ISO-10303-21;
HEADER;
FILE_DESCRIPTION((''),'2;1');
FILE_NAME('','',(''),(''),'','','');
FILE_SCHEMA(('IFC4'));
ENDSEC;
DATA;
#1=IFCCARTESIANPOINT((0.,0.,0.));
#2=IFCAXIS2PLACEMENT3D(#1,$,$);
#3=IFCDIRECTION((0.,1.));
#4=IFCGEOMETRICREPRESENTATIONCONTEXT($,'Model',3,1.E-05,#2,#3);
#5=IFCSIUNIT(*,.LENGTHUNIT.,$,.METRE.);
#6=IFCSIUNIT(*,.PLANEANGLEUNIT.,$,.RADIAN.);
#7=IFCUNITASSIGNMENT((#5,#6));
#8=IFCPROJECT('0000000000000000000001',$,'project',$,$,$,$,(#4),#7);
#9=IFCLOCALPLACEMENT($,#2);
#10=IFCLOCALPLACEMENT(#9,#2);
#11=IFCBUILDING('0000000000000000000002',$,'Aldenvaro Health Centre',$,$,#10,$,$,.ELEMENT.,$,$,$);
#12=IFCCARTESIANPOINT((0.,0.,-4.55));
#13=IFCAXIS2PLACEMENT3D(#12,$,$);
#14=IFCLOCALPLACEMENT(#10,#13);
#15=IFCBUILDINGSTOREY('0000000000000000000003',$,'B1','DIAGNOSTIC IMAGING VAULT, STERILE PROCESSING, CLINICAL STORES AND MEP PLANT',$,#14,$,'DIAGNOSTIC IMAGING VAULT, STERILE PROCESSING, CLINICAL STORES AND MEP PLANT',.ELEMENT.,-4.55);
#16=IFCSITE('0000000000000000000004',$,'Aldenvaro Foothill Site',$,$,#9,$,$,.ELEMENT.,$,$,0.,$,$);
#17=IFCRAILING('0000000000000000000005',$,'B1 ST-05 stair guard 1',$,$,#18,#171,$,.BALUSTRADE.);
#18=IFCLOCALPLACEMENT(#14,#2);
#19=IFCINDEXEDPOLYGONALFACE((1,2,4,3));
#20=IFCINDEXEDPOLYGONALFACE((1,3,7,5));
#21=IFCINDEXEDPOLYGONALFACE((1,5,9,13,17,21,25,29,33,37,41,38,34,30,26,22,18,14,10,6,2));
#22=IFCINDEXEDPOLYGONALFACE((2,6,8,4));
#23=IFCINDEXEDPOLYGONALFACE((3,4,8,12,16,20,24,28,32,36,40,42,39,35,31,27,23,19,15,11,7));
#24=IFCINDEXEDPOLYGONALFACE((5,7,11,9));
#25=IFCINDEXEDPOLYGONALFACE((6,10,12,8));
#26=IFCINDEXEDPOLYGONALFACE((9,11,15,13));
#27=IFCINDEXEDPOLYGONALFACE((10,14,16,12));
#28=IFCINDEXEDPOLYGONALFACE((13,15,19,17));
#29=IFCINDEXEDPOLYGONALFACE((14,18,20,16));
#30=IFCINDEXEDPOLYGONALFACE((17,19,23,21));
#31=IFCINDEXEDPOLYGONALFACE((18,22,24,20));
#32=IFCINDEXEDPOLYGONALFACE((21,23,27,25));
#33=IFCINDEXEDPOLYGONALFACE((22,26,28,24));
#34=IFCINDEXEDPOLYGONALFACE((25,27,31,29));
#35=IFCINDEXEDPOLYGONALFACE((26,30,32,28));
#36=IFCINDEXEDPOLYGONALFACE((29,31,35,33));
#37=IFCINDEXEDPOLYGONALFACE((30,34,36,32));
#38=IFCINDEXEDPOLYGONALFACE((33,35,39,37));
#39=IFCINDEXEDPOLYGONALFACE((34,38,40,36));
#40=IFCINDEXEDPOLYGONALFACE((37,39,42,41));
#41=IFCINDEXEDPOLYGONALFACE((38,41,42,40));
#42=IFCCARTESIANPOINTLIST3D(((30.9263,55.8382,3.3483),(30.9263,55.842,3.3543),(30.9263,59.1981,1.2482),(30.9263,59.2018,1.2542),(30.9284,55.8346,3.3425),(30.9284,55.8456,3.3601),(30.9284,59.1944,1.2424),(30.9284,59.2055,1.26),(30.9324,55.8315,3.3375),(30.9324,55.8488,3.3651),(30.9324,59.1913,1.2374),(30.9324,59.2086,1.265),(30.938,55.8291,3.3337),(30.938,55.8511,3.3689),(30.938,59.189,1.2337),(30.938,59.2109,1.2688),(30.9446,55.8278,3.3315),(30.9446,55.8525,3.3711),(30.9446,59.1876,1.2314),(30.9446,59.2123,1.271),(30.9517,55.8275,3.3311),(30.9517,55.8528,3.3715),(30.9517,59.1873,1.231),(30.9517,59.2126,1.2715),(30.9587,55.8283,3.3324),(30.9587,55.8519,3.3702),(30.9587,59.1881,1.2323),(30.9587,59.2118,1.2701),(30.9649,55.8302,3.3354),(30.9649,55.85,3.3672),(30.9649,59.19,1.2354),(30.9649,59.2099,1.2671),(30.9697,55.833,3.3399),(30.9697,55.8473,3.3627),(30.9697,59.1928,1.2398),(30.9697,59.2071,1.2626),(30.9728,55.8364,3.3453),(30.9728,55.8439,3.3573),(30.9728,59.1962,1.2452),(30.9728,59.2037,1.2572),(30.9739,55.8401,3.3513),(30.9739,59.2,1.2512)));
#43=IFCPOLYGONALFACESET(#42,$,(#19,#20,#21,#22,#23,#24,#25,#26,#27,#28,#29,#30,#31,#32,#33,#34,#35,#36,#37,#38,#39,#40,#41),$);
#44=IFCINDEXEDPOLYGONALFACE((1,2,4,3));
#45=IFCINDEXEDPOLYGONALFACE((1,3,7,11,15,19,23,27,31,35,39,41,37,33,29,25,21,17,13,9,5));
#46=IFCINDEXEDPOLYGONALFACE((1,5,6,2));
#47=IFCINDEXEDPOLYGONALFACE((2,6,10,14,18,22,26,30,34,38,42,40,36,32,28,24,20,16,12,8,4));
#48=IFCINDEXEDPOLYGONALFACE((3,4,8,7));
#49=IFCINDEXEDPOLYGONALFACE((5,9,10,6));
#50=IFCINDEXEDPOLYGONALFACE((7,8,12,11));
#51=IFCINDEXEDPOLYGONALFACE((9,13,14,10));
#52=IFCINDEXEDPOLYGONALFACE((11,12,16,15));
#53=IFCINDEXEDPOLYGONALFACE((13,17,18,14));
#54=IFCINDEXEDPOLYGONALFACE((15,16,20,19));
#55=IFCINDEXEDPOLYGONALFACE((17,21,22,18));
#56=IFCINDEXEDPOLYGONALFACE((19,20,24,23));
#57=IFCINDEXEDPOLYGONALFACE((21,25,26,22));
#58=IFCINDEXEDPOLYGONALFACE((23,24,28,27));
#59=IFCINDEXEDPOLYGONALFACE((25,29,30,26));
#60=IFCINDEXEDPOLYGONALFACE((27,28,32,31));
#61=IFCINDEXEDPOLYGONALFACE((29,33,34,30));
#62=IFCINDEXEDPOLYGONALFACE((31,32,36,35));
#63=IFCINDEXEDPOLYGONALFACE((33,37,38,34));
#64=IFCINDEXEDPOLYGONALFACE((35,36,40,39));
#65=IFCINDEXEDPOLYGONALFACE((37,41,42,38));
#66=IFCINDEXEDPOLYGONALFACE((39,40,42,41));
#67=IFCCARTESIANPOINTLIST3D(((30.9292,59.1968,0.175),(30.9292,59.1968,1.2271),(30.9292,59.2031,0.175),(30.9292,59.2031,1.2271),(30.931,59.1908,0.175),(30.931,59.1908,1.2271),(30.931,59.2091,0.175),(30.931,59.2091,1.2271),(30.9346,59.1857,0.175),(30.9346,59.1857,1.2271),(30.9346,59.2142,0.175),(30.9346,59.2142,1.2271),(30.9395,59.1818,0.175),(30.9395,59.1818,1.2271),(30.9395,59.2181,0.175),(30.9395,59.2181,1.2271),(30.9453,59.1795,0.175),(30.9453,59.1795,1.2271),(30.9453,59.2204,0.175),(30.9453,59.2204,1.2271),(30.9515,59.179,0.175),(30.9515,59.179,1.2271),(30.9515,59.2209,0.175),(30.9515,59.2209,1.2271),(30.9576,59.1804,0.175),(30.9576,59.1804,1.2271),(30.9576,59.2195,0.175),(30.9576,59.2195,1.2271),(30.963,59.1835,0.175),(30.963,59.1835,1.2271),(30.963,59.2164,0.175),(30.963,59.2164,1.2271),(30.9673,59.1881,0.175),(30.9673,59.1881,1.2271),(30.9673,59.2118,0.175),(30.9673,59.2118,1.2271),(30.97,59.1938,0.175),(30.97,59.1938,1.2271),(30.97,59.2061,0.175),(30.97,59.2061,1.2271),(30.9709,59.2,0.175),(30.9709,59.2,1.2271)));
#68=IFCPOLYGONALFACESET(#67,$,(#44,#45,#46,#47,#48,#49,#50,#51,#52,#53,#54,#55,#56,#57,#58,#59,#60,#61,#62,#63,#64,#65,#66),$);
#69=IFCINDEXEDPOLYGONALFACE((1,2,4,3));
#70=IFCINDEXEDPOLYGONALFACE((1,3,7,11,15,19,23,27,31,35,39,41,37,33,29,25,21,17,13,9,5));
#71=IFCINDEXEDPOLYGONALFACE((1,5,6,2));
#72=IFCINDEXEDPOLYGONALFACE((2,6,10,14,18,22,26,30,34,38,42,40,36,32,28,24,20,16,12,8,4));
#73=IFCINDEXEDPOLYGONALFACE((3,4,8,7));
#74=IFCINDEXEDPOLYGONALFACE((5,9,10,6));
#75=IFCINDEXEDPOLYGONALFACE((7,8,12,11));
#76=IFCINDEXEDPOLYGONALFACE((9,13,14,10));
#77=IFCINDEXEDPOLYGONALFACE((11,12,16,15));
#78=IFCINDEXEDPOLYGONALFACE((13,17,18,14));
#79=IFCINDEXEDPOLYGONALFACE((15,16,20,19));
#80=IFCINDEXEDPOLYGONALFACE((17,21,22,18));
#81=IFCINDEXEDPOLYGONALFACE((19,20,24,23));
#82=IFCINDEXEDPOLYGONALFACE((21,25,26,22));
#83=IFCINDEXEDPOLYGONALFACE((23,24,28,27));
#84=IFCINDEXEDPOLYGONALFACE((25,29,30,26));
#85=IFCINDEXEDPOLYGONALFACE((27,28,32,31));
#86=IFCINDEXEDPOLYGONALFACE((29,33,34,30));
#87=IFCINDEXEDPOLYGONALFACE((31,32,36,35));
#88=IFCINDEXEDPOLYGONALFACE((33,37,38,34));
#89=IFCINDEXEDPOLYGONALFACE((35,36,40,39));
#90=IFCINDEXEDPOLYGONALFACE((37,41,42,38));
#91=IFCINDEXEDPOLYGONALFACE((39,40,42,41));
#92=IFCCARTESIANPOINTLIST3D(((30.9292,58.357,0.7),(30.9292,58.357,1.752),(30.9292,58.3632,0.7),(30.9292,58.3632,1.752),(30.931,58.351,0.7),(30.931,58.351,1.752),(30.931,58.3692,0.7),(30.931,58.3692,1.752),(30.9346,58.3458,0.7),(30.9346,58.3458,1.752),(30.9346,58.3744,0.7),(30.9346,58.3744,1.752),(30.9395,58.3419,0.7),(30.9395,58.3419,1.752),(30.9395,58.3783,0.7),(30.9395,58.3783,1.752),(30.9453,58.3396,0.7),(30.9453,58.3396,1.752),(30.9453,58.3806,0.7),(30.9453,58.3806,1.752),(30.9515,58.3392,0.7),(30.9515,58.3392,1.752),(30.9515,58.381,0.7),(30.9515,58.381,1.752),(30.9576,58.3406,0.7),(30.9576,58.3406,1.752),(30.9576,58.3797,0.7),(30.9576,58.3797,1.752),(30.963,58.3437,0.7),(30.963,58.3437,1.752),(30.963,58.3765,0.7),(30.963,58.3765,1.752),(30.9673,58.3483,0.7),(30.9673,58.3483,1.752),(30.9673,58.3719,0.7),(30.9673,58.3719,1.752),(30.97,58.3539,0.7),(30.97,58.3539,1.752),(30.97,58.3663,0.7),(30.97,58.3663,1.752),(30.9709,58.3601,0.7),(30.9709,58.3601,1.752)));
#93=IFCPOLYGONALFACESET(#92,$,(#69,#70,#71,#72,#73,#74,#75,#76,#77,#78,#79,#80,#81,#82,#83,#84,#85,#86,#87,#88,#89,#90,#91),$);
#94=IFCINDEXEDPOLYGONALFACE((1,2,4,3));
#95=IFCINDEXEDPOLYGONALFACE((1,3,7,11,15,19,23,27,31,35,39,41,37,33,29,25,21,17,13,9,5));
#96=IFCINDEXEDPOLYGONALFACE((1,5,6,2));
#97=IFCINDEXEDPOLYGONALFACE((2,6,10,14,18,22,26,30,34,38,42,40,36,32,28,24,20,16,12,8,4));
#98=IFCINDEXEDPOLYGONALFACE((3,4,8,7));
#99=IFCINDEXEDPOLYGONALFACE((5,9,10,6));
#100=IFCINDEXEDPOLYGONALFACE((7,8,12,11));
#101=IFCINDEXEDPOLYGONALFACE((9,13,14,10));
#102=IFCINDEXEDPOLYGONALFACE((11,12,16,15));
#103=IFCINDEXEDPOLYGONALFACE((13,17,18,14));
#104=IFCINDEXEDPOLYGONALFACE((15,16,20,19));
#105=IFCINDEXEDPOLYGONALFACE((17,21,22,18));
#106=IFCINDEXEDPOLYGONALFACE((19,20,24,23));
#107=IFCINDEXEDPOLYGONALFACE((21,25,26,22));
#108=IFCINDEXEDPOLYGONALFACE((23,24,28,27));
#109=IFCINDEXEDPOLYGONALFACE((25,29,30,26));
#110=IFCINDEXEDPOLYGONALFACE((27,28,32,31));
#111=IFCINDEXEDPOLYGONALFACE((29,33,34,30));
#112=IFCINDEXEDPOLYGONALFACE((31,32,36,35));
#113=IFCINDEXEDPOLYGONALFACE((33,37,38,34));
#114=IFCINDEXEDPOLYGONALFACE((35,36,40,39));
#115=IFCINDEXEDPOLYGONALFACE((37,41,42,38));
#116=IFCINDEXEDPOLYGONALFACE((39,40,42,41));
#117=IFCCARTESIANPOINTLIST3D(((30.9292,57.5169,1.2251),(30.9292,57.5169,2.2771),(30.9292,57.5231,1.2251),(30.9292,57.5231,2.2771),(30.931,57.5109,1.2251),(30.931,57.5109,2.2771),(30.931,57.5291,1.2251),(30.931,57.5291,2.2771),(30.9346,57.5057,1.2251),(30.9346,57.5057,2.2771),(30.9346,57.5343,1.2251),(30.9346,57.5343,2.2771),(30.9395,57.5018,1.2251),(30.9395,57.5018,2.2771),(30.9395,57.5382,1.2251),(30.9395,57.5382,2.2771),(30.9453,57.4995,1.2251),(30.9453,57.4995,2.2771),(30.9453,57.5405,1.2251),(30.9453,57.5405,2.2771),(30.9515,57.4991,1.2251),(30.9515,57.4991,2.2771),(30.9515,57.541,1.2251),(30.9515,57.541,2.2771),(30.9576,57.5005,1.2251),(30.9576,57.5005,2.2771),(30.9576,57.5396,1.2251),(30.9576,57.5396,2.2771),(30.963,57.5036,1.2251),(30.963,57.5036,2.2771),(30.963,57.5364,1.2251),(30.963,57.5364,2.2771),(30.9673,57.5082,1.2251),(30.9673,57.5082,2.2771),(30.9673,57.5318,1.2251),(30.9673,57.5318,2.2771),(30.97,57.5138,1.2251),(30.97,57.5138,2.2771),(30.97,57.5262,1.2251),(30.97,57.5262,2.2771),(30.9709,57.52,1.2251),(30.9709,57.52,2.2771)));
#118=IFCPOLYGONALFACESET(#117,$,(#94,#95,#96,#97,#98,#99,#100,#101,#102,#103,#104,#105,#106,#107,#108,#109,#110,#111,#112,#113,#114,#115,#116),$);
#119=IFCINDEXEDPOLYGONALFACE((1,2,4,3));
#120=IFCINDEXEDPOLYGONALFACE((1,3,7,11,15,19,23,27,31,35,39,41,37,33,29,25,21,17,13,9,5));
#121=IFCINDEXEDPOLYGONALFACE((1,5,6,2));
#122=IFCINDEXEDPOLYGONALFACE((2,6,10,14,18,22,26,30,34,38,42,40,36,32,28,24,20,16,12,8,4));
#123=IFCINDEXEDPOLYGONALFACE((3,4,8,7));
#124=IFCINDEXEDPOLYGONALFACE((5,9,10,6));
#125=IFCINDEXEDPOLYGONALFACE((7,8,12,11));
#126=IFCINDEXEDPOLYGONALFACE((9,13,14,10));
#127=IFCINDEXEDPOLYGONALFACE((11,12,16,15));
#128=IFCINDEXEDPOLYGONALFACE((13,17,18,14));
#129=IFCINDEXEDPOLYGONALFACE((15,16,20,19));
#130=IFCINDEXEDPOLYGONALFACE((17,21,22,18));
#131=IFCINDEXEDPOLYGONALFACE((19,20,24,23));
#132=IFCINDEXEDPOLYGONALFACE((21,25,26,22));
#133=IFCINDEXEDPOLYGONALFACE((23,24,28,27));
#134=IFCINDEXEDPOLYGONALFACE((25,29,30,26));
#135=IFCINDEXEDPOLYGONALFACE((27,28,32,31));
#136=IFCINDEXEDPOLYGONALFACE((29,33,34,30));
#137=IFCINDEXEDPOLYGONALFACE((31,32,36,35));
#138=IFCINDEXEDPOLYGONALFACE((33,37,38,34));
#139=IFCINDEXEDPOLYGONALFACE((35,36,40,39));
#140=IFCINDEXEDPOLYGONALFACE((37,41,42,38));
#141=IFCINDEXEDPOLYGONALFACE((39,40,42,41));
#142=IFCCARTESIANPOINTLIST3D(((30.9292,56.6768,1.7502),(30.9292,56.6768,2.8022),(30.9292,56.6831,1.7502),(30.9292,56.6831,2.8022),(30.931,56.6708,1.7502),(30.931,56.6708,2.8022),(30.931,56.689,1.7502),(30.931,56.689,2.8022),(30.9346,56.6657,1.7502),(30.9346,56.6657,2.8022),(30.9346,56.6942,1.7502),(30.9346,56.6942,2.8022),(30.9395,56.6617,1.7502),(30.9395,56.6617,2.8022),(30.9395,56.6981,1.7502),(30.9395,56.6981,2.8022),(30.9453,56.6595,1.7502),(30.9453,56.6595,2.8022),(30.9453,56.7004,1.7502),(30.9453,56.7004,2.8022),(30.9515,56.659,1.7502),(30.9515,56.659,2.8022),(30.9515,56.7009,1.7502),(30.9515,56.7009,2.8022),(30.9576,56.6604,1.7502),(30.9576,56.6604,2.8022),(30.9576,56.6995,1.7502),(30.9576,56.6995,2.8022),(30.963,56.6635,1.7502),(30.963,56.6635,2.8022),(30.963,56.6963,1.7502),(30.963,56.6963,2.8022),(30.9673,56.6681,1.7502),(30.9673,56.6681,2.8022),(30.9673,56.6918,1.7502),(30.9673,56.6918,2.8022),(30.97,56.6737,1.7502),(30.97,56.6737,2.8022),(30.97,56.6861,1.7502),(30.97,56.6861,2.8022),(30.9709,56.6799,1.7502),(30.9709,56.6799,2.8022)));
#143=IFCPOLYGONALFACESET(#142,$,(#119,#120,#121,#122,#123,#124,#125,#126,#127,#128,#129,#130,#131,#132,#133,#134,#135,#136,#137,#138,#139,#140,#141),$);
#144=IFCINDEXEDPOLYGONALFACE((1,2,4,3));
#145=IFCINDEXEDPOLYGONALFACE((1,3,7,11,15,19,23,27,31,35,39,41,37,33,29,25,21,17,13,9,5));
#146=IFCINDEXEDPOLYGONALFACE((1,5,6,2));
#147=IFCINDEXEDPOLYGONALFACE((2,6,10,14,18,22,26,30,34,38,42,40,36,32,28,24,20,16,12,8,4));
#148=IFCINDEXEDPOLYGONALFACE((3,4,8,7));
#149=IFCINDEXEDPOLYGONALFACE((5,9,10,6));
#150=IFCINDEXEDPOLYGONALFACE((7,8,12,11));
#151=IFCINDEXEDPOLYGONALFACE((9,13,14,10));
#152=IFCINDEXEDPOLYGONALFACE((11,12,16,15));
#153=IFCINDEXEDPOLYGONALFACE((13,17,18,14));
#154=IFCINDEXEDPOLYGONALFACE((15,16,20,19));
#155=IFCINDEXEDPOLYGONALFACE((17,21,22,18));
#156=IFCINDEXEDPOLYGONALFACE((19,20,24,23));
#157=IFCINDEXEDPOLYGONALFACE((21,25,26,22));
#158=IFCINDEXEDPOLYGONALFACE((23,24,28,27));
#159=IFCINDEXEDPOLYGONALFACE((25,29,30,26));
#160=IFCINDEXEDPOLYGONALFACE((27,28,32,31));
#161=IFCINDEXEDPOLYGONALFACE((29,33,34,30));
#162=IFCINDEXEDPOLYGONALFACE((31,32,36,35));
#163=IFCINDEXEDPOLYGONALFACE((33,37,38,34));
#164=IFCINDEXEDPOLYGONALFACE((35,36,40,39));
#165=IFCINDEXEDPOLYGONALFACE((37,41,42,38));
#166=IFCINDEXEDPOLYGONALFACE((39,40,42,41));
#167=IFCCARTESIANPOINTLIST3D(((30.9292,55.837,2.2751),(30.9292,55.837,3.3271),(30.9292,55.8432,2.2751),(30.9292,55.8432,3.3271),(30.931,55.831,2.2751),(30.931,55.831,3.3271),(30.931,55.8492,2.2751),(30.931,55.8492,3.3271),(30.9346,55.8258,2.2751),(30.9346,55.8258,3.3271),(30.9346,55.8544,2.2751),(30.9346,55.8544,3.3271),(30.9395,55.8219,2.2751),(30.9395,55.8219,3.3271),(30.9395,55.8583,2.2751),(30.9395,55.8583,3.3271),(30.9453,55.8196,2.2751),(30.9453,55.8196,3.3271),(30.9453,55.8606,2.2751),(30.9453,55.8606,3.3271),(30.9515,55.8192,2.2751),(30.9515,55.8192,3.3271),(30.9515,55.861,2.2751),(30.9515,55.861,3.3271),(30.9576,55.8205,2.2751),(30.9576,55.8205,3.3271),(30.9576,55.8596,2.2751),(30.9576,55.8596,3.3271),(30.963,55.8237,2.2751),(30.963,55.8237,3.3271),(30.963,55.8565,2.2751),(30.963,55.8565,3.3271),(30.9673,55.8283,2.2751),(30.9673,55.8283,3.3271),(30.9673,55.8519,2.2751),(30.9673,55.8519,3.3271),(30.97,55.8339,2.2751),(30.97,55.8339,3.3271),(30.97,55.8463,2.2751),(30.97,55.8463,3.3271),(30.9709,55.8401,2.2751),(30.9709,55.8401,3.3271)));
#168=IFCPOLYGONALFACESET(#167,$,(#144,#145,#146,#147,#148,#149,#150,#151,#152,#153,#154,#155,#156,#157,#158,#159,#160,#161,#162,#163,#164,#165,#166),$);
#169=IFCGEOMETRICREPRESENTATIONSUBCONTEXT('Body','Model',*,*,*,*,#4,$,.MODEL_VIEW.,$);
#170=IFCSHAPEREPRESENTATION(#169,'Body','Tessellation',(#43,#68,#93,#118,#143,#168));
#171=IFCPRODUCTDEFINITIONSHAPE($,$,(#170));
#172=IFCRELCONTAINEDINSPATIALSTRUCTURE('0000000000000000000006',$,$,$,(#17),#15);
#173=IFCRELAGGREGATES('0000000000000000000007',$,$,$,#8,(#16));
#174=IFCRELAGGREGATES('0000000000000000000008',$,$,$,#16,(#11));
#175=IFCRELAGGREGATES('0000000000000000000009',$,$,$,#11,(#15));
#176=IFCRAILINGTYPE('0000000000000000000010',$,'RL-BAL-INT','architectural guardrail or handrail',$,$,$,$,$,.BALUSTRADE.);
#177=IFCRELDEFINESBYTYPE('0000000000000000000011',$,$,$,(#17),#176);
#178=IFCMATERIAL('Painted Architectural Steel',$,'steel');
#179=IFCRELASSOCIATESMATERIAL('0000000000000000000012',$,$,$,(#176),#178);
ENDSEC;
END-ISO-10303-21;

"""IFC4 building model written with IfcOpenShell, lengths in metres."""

from ifc_helpers import new_model, si_unit, direction, frame, origin, origin_2d, place, context, subcontext, project, spatial, circle, extrude, material, type_object, element, save


model = new_model("IFC4")

# Units and contexts
model_context = context("Model", 3, precision=1e-05, world=origin(), true_north=direction((0.0, 1.0)))
body_context = subcontext(model_context, "Body", "Model", "MODEL_VIEW")
ifc_project = project(units=[si_unit("LENGTHUNIT", "METRE"), si_unit("PLANEANGLEUNIT", "RADIAN")], contexts=[model_context])

# Site, building, storey
site_placement = place(None, origin())
site = spatial("IfcSite", under=ifc_project, at=site_placement, Name="Aldenvaro Foothill Site", CompositionType="ELEMENT", RefElevation=0.0)
building_placement = place(site_placement, origin())
building = spatial("IfcBuilding", under=site, at=building_placement, Name="Aldenvaro Health Centre", CompositionType="ELEMENT")
storey_placement = place(building_placement, frame((0.0, 0.0, -4.55)))
storey = spatial("IfcBuildingStorey", under=building, at=storey_placement, Name="B1", Description="DIAGNOSTIC IMAGING VAULT, STERILE PROCESSING, CLINICAL STORES AND MEP PLANT", LongName="DIAGNOSTIC IMAGING VAULT, STERILE PROCESSING, CLINICAL STORES AND MEP PLANT", CompositionType="ELEMENT", Elevation=-4.55)

# Railing
ifc_material_1 = material(Name="Painted Architectural Steel", Category="steel")
railing_type_1 = type_object("IfcRailingType", Name="RL-BAL-INT", Description="architectural guardrail or handrail", PredefinedType="BALUSTRADE", material=ifc_material_1)
railing_1_placement = place(storey_placement, frame((30.95, 59.2, 0.175)))
element("IfcRailing", 1, at=railing_1_placement, inside=storey, type_object=railing_type_1, Name="B1 ST-05 stair guard 1", PredefinedType="BALUSTRADE", context=body_context, shape_type="SweptSolid", body=[
    extrude(circle(Radius=0.0239, at=origin_2d()), frame((0.0, 0.0, 1.0762), z_axis=(0.0, -0.847978, 0.530032), x_axis=(1.0, 0.0, 0.0)), (0.0, 0.0, 1.0), 3.9622),
    extrude(circle(Radius=0.021, at=origin_2d()), origin(), (0.0, 0.0, 1.0), 1.052),
    extrude(circle(Radius=0.021, at=origin_2d()), frame((0.0, -0.8398, 0.5249)), (0.0, 0.0, 1.0), 1.052),
    extrude(circle(Radius=0.021, at=origin_2d()), frame((0.0, -1.6799, 1.05)), (0.0, 0.0, 1.0), 1.052),
    extrude(circle(Radius=0.021, at=origin_2d()), frame((0.0, -2.52, 1.5752)), (0.0, 0.0, 1.0), 1.052),
    extrude(circle(Radius=0.021, at=origin_2d()), frame((0.0, -3.3599, 2.1001)), (0.0, 0.0, 1.0), 1.052),
])

save(model, "model.ifc")
